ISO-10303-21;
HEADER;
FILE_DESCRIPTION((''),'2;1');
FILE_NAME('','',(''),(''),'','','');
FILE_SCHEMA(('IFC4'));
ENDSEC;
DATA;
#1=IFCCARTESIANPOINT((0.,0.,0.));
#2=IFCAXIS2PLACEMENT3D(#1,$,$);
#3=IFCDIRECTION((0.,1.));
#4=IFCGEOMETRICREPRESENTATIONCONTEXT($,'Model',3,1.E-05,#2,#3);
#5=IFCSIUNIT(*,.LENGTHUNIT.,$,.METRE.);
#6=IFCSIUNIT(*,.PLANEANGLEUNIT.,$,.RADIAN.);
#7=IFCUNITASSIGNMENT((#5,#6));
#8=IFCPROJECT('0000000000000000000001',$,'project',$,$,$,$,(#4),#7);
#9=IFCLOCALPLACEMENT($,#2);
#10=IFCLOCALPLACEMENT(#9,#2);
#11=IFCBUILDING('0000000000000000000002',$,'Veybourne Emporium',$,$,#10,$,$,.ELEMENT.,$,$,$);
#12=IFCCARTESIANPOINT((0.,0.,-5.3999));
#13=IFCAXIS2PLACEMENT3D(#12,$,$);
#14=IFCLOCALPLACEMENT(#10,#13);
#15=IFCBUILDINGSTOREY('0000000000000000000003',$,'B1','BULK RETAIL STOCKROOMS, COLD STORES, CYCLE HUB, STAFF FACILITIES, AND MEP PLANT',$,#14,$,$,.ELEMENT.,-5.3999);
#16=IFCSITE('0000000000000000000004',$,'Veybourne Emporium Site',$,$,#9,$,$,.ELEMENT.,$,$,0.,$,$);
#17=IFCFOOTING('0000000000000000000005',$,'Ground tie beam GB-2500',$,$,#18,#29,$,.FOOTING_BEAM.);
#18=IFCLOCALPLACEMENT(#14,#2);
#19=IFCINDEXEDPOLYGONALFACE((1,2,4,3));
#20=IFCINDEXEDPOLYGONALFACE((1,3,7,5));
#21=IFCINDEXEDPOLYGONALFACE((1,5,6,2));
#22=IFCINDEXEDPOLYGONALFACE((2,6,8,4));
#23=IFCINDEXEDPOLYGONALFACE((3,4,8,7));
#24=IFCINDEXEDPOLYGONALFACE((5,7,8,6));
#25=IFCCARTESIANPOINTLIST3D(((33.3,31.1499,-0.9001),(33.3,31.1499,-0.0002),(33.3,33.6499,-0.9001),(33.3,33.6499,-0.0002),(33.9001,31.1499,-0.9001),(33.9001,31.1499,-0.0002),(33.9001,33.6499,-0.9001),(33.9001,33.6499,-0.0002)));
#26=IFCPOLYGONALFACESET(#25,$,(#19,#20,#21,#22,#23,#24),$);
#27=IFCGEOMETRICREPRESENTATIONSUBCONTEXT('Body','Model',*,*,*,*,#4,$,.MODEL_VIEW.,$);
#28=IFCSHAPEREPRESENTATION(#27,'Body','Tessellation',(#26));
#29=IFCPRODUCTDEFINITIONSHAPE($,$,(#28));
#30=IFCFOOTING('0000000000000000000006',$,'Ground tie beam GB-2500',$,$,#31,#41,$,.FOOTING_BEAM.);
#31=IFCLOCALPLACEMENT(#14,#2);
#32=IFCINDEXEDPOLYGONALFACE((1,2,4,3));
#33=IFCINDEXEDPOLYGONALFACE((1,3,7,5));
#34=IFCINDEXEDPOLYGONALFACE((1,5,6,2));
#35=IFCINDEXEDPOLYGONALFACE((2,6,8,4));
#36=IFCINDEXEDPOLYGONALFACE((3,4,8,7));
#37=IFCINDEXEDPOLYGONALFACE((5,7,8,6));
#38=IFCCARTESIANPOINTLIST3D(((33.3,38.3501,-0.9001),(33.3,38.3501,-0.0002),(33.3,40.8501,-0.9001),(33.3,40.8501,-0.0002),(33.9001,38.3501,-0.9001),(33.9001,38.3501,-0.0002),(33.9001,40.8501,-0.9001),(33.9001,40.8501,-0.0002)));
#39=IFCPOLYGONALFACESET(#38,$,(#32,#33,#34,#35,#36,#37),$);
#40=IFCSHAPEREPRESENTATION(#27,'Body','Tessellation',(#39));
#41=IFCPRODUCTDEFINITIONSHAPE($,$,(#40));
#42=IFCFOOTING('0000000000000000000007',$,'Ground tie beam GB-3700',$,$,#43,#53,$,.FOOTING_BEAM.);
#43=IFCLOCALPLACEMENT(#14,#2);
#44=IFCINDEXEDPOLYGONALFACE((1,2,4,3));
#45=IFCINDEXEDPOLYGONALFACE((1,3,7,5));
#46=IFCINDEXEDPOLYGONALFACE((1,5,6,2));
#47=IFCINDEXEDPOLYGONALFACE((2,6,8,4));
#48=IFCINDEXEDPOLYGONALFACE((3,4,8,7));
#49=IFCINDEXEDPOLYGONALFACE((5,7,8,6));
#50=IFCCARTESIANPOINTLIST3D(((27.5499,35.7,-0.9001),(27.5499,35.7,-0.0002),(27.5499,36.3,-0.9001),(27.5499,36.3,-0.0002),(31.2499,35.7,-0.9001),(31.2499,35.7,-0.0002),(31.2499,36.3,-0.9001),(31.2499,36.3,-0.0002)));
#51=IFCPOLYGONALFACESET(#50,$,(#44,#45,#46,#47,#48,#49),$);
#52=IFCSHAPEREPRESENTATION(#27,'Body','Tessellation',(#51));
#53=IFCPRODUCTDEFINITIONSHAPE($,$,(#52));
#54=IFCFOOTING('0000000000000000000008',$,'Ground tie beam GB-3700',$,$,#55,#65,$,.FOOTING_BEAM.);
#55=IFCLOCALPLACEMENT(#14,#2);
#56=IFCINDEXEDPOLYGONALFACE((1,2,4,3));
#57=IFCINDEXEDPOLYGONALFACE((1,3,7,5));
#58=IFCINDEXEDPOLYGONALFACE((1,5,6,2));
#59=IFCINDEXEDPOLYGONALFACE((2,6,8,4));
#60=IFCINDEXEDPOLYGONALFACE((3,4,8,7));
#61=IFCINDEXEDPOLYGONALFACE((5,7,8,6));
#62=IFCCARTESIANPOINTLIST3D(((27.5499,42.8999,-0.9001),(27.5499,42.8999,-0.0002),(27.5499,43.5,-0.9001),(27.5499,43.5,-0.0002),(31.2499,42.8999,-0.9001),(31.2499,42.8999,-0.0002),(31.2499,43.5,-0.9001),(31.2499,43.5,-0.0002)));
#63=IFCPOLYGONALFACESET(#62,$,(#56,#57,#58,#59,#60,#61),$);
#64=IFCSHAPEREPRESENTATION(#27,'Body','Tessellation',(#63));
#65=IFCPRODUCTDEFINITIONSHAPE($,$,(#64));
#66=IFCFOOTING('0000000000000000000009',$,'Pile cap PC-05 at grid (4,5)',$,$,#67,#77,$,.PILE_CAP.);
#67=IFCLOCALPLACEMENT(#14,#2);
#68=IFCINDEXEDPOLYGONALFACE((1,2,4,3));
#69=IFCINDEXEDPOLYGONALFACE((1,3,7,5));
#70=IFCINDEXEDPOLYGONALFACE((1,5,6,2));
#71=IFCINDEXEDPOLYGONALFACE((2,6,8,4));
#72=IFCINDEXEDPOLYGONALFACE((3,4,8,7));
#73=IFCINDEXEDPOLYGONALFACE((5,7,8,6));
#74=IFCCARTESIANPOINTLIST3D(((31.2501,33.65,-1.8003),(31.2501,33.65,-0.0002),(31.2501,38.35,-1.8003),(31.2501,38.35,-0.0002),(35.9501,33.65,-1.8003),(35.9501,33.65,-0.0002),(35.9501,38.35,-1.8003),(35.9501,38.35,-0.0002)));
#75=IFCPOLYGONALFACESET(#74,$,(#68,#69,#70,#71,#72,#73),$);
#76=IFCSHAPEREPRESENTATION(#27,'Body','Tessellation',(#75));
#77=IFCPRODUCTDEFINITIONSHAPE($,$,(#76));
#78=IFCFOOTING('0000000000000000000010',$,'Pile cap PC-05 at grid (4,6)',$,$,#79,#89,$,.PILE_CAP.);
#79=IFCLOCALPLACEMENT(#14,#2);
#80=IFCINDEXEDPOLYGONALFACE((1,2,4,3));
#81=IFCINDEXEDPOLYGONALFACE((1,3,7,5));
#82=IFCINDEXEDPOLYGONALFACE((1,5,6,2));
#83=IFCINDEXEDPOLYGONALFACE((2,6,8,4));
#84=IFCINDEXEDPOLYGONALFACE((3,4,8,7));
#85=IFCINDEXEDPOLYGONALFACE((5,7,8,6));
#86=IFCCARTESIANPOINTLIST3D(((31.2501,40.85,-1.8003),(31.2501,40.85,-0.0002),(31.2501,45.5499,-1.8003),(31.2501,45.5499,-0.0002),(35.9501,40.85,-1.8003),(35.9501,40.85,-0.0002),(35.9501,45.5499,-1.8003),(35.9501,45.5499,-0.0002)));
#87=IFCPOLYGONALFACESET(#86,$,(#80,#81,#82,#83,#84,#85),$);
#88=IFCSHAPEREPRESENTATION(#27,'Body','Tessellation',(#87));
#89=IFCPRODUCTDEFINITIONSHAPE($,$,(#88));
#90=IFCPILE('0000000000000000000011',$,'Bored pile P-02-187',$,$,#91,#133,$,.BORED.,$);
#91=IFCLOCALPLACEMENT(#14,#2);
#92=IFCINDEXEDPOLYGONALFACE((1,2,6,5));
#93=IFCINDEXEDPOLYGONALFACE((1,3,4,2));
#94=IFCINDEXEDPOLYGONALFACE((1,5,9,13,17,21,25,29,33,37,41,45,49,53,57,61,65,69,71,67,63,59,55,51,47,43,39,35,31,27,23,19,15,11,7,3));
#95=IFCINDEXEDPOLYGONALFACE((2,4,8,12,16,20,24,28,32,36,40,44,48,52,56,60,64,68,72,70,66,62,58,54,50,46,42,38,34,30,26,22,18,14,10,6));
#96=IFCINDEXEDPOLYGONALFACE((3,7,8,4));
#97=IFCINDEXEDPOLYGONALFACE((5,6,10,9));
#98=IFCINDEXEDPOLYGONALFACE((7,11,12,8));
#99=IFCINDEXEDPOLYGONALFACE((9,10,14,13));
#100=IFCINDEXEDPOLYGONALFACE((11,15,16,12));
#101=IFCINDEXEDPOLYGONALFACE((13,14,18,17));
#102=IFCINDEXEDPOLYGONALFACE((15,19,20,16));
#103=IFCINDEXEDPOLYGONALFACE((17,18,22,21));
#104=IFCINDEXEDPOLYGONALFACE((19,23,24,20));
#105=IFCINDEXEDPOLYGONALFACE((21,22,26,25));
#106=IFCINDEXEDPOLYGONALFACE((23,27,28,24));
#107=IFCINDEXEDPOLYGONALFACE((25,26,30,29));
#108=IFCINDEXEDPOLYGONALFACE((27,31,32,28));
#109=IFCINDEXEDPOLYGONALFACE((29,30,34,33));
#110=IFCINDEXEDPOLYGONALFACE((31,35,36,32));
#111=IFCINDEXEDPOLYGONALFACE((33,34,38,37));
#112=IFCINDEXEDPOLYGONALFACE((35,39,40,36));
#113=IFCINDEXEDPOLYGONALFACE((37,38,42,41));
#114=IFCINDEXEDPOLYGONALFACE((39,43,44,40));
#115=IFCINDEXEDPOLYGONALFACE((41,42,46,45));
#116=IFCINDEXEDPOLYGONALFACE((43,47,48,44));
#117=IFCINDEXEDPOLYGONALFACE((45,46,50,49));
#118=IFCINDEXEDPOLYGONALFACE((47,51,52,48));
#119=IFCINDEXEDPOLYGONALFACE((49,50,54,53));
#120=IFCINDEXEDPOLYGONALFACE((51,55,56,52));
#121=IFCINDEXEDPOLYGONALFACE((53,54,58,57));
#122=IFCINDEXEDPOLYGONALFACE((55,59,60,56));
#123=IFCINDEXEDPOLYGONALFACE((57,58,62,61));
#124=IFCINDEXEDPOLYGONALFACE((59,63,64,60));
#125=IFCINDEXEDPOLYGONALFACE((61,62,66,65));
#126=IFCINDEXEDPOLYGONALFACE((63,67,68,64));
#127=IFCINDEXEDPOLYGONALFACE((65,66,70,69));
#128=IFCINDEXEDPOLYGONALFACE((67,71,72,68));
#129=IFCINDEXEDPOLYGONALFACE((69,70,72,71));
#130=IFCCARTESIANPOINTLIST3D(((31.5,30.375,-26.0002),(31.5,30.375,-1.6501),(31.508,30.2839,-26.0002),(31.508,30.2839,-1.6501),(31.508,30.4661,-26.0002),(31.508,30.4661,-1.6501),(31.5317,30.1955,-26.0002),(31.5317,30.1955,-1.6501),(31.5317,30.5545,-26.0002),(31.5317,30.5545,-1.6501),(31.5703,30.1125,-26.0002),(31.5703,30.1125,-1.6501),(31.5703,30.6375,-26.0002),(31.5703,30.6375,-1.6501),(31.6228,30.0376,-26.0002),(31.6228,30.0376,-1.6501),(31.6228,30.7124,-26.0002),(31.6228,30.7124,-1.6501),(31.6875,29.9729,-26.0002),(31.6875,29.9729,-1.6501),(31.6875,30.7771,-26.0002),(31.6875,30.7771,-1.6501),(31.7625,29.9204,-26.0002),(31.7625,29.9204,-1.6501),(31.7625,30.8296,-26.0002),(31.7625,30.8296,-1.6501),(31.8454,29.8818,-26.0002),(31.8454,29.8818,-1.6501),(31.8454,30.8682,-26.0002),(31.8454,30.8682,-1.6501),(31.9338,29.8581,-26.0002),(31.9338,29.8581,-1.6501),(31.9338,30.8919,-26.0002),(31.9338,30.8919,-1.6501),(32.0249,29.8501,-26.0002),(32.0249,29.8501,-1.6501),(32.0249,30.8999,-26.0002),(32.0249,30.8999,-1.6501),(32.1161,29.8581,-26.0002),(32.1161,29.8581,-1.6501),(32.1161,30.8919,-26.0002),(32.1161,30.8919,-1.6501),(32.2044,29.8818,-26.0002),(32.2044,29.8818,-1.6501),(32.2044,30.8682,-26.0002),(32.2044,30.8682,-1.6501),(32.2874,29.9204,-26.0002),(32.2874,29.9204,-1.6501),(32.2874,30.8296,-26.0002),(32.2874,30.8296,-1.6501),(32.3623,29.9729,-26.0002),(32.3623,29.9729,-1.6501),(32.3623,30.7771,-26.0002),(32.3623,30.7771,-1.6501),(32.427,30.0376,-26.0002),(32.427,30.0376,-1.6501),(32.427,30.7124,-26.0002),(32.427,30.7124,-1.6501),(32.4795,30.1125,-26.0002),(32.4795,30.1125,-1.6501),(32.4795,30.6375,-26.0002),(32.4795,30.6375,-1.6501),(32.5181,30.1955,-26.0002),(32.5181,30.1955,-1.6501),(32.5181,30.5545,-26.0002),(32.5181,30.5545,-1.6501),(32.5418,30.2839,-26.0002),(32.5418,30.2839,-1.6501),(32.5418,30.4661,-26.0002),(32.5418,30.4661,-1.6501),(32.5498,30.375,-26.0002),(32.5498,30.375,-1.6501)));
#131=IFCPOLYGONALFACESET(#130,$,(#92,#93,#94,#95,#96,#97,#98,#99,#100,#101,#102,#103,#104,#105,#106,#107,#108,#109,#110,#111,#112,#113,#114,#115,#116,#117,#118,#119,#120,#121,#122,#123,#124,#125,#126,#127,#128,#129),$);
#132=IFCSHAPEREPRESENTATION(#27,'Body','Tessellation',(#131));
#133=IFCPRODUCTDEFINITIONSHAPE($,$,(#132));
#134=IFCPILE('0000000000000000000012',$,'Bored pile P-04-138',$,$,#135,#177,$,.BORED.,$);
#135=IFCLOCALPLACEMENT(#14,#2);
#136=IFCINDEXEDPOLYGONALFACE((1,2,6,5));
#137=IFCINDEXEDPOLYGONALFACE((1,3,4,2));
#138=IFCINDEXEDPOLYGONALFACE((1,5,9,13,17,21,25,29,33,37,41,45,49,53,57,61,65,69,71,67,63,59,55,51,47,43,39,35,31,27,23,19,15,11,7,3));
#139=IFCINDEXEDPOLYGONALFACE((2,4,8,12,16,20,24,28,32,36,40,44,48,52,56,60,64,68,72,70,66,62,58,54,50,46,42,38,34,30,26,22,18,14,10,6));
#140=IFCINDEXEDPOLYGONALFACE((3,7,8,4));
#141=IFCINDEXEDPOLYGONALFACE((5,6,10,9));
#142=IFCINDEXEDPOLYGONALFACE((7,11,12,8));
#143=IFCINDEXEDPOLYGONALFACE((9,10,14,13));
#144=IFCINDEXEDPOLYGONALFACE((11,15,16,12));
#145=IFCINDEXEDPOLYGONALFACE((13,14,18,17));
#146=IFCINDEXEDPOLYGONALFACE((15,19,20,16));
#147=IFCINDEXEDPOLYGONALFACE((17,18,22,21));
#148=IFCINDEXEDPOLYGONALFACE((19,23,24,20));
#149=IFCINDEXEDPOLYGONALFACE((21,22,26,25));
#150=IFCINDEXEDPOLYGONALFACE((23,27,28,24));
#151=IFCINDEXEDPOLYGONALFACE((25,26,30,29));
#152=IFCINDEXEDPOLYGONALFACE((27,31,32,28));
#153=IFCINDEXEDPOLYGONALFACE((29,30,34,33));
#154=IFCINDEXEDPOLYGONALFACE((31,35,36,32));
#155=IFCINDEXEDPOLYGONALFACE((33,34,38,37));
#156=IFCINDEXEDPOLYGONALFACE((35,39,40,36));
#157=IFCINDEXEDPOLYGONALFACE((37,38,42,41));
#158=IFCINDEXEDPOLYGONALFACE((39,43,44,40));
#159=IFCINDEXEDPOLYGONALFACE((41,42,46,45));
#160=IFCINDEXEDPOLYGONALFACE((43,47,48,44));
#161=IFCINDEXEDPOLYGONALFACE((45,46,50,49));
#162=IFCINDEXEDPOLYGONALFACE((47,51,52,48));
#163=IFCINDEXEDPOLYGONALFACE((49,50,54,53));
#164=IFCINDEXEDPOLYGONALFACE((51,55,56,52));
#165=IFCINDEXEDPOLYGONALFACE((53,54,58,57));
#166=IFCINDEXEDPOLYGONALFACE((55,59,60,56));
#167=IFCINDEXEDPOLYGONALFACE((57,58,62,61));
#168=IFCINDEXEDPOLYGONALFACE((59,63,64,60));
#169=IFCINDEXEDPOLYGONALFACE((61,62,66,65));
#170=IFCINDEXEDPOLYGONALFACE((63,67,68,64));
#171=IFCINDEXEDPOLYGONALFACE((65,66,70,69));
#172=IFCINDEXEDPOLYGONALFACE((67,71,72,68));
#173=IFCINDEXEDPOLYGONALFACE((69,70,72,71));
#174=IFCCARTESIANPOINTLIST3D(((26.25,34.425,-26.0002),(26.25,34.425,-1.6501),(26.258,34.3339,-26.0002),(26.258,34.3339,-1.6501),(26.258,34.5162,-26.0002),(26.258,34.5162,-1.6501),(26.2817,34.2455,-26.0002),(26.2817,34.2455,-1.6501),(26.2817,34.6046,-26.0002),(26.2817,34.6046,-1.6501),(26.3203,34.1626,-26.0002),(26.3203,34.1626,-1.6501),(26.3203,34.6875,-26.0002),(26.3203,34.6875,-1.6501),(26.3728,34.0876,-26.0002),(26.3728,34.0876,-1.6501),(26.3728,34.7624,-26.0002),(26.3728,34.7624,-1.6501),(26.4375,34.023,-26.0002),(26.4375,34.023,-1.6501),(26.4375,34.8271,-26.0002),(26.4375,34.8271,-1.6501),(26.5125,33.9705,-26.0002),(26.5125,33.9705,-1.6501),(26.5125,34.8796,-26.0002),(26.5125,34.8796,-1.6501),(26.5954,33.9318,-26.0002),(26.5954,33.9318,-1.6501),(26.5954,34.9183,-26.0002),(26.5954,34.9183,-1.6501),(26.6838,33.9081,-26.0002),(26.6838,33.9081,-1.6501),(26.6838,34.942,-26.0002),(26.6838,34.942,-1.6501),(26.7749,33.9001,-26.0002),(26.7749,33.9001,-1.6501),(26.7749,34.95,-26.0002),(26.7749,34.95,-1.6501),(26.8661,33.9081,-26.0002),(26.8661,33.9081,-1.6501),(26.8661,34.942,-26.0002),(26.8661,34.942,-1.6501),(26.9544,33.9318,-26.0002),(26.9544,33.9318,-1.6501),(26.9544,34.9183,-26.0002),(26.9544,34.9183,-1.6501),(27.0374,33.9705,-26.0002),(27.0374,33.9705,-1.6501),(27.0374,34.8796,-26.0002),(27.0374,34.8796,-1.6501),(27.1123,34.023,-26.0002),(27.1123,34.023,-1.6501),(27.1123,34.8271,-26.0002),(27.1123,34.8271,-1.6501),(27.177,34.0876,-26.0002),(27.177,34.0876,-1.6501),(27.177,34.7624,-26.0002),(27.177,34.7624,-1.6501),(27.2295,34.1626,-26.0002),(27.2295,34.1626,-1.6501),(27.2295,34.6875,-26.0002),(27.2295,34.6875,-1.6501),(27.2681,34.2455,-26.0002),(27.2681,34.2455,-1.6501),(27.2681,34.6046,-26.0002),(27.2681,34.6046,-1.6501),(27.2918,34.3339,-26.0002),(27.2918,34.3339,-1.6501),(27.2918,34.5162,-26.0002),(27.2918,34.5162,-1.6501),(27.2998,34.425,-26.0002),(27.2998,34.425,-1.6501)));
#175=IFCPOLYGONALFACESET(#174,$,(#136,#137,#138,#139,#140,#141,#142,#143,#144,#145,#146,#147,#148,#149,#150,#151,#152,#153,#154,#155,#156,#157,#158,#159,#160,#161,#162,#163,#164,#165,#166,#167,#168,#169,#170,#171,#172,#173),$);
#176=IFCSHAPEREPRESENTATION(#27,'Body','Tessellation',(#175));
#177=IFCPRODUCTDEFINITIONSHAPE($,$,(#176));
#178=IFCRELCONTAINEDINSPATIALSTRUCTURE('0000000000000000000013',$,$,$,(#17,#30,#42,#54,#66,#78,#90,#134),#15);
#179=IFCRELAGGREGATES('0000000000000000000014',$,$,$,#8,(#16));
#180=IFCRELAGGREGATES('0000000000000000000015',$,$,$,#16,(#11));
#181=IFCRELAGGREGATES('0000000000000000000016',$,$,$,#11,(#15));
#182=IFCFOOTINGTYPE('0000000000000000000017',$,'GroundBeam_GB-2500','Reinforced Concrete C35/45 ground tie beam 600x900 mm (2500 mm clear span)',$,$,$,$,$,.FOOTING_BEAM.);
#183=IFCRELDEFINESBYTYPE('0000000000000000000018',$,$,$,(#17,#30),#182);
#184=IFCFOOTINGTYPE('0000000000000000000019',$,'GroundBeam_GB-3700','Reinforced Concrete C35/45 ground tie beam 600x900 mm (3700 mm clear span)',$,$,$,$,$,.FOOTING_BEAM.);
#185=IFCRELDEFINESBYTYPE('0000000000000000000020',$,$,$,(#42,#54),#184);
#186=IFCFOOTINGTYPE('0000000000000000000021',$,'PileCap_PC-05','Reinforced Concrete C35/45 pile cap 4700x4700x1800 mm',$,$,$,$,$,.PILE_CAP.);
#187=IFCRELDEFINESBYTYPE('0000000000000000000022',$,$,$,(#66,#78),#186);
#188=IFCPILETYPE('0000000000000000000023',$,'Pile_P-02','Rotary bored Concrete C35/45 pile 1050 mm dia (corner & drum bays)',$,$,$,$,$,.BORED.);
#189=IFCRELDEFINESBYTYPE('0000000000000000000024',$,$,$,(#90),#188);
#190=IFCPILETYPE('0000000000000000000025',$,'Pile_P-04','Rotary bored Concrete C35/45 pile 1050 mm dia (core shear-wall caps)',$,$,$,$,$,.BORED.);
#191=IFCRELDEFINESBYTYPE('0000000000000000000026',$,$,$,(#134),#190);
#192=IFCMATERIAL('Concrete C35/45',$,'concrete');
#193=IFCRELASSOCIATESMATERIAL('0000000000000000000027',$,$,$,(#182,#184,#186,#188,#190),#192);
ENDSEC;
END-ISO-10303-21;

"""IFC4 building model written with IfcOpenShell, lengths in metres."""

from ifc_helpers import new_model, si_unit, direction, frame, origin, origin_2d, place, context, subcontext, project, spatial, rectangle, circle, extrude, material, material_profile, profile_set, type_object, element, save


model = new_model("IFC4")

# Units and contexts
model_context = context("Model", 3, precision=1e-05, world=origin(), true_north=direction((0.0, 1.0)))
body_context = subcontext(model_context, "Body", "Model", "MODEL_VIEW")
ifc_project = project(units=[si_unit("LENGTHUNIT", "METRE"), si_unit("PLANEANGLEUNIT", "RADIAN")], contexts=[model_context])

# Site, building, storey
site_placement = place(None, origin())
site = spatial("IfcSite", under=ifc_project, at=site_placement, Name="Veybourne Emporium Site", CompositionType="ELEMENT", RefElevation=0.0)
building_placement = place(site_placement, origin())
building = spatial("IfcBuilding", under=site, at=building_placement, Name="Veybourne Emporium", CompositionType="ELEMENT")
storey_placement = place(building_placement, frame((0.0, 0.0, -5.3999)))
storey = spatial("IfcBuildingStorey", under=building, at=storey_placement, Name="B1", Description="BULK RETAIL STOCKROOMS, COLD STORES, CYCLE HUB, STAFF FACILITIES, AND MEP PLANT", CompositionType="ELEMENT", Elevation=-5.3999)

# Footings
ifc_material_1 = material(Name="Concrete C35/45", Category="concrete")
footing_type_1 = type_object("IfcFootingType", Name="GroundBeam_GB-2500", Description="Reinforced Concrete C35/45 ground tie beam 600x900 mm (2500 mm clear span)", PredefinedType="FOOTING_BEAM", material=ifc_material_1)
for number, where, z_axis, x_axis, name in (
    (1, (33.6001, 32.3999, -0.9001), (0.0, 0.0, 1.0), (0.0, 1.0, 0.0), "Ground tie beam GB-2500"),
    (2, (33.6001, 39.6001, -0.9001), (0.0, 0.0, 1.0), (0.0, 1.0, 0.0), "Ground tie beam GB-2500"),
):
    element("IfcFooting", number, at=place(storey_placement, frame(where, z_axis=z_axis, x_axis=x_axis)), inside=storey, type_object=footing_type_1, Name=name, PredefinedType="FOOTING_BEAM", context=body_context, shape_type="SweptSolid", body=[
        extrude(rectangle(XDim=2.5, YDim=0.6001, at=origin_2d()), origin(), (0.0, 0.0, 1.0), 0.8999),
    ])
footing_type_2 = type_object("IfcFootingType", Name="GroundBeam_GB-3700", Description="Reinforced Concrete C35/45 ground tie beam 600x900 mm (3700 mm clear span)", PredefinedType="FOOTING_BEAM", material=ifc_material_1)
for number, where, z_axis, x_axis, name in (
    (3, (29.3999, 36.0, -0.9001), (0.0, 0.0, 1.0), (1.0, 0.0, 0.0), "Ground tie beam GB-3700"),
    (4, (29.3999, 43.2, -0.9001), (0.0, 0.0, 1.0), (1.0, 0.0, 0.0), "Ground tie beam GB-3700"),
):
    element("IfcFooting", number, at=place(storey_placement, frame(where, z_axis=z_axis, x_axis=x_axis)), inside=storey, type_object=footing_type_2, Name=name, PredefinedType="FOOTING_BEAM", context=body_context, shape_type="SweptSolid", body=[
        extrude(rectangle(XDim=3.7, YDim=0.6001, at=origin_2d()), origin(), (0.0, 0.0, 1.0), 0.8999),
    ])
footing_type_3 = type_object("IfcFootingType", Name="PileCap_PC-05", Description="Reinforced Concrete C35/45 pile cap 4700x4700x1800 mm", PredefinedType="PILE_CAP", material=ifc_material_1)
for number, where, z_axis, x_axis, name in (
    (5, (33.6001, 36.0, -1.8003), (0.0, 0.0, 1.0), (1.0, 0.0, 0.0), "Pile cap PC-05 at grid (4,5)"),
    (6, (33.6001, 43.2, -1.8003), (0.0, 0.0, 1.0), (1.0, 0.0, 0.0), "Pile cap PC-05 at grid (4,6)"),
):
    element("IfcFooting", number, at=place(storey_placement, frame(where, z_axis=z_axis, x_axis=x_axis)), inside=storey, type_object=footing_type_3, Name=name, PredefinedType="PILE_CAP", context=body_context, shape_type="SweptSolid", body=[
        extrude(rectangle(XDim=4.7, YDim=4.7, at=origin_2d()), origin(), (0.0, 0.0, 1.0), 1.8),
    ])

# Piles
ifc_material_profile_1 = material_profile(ifc_material_1, circle(Radius=0.5249, at=origin_2d()), Name="BORED PILE 1050")
ifc_profile_set_1 = profile_set([ifc_material_profile_1], Name="Concrete C35/45")
pile_type_1 = type_object("IfcPileType", Name="Pile_P-02", Description="Rotary bored Concrete C35/45 pile 1050 mm dia (corner & drum bays)", PredefinedType="BORED", material=ifc_profile_set_1)
pile_placement = place(storey_placement, frame((32.0249, 30.375, -1.6501), z_axis=(0.0, 0.0, -1.0), x_axis=(1.0, 0.0, 0.0)))
element("IfcPile", 7, at=pile_placement, inside=storey, type_object=pile_type_1, Name="Bored pile P-02-187", PredefinedType="BORED", context=body_context, shape_type="SweptSolid", body=[
    extrude(circle(Radius=0.5249, at=origin_2d()), origin(), (0.0, 0.0, 1.0), 24.3501),
])
ifc_material_profile_2 = material_profile(ifc_material_1, circle(Radius=0.5249, at=origin_2d()), Name="BORED PILE 1050")
ifc_profile_set_2 = profile_set([ifc_material_profile_2], Name="Concrete C35/45")
pile_type_2 = type_object("IfcPileType", Name="Pile_P-04", Description="Rotary bored Concrete C35/45 pile 1050 mm dia (core shear-wall caps)", PredefinedType="BORED", material=ifc_profile_set_2)
for number, where, z_axis, x_axis, name in (
    (8, (26.7749, 34.425, -1.6501), (0.0, 0.0, -1.0), (1.0, 0.0, 0.0), "Bored pile P-04-138"),
):
    element("IfcPile", number, at=place(storey_placement, frame(where, z_axis=z_axis, x_axis=x_axis)), inside=storey, type_object=pile_type_2, Name=name, PredefinedType="BORED", context=body_context, shape_type="SweptSolid", body=[
        extrude(circle(Radius=0.5249, at=origin_2d()), origin(), (0.0, 0.0, 1.0), 24.3501),
    ])

save(model, "model.ifc")
